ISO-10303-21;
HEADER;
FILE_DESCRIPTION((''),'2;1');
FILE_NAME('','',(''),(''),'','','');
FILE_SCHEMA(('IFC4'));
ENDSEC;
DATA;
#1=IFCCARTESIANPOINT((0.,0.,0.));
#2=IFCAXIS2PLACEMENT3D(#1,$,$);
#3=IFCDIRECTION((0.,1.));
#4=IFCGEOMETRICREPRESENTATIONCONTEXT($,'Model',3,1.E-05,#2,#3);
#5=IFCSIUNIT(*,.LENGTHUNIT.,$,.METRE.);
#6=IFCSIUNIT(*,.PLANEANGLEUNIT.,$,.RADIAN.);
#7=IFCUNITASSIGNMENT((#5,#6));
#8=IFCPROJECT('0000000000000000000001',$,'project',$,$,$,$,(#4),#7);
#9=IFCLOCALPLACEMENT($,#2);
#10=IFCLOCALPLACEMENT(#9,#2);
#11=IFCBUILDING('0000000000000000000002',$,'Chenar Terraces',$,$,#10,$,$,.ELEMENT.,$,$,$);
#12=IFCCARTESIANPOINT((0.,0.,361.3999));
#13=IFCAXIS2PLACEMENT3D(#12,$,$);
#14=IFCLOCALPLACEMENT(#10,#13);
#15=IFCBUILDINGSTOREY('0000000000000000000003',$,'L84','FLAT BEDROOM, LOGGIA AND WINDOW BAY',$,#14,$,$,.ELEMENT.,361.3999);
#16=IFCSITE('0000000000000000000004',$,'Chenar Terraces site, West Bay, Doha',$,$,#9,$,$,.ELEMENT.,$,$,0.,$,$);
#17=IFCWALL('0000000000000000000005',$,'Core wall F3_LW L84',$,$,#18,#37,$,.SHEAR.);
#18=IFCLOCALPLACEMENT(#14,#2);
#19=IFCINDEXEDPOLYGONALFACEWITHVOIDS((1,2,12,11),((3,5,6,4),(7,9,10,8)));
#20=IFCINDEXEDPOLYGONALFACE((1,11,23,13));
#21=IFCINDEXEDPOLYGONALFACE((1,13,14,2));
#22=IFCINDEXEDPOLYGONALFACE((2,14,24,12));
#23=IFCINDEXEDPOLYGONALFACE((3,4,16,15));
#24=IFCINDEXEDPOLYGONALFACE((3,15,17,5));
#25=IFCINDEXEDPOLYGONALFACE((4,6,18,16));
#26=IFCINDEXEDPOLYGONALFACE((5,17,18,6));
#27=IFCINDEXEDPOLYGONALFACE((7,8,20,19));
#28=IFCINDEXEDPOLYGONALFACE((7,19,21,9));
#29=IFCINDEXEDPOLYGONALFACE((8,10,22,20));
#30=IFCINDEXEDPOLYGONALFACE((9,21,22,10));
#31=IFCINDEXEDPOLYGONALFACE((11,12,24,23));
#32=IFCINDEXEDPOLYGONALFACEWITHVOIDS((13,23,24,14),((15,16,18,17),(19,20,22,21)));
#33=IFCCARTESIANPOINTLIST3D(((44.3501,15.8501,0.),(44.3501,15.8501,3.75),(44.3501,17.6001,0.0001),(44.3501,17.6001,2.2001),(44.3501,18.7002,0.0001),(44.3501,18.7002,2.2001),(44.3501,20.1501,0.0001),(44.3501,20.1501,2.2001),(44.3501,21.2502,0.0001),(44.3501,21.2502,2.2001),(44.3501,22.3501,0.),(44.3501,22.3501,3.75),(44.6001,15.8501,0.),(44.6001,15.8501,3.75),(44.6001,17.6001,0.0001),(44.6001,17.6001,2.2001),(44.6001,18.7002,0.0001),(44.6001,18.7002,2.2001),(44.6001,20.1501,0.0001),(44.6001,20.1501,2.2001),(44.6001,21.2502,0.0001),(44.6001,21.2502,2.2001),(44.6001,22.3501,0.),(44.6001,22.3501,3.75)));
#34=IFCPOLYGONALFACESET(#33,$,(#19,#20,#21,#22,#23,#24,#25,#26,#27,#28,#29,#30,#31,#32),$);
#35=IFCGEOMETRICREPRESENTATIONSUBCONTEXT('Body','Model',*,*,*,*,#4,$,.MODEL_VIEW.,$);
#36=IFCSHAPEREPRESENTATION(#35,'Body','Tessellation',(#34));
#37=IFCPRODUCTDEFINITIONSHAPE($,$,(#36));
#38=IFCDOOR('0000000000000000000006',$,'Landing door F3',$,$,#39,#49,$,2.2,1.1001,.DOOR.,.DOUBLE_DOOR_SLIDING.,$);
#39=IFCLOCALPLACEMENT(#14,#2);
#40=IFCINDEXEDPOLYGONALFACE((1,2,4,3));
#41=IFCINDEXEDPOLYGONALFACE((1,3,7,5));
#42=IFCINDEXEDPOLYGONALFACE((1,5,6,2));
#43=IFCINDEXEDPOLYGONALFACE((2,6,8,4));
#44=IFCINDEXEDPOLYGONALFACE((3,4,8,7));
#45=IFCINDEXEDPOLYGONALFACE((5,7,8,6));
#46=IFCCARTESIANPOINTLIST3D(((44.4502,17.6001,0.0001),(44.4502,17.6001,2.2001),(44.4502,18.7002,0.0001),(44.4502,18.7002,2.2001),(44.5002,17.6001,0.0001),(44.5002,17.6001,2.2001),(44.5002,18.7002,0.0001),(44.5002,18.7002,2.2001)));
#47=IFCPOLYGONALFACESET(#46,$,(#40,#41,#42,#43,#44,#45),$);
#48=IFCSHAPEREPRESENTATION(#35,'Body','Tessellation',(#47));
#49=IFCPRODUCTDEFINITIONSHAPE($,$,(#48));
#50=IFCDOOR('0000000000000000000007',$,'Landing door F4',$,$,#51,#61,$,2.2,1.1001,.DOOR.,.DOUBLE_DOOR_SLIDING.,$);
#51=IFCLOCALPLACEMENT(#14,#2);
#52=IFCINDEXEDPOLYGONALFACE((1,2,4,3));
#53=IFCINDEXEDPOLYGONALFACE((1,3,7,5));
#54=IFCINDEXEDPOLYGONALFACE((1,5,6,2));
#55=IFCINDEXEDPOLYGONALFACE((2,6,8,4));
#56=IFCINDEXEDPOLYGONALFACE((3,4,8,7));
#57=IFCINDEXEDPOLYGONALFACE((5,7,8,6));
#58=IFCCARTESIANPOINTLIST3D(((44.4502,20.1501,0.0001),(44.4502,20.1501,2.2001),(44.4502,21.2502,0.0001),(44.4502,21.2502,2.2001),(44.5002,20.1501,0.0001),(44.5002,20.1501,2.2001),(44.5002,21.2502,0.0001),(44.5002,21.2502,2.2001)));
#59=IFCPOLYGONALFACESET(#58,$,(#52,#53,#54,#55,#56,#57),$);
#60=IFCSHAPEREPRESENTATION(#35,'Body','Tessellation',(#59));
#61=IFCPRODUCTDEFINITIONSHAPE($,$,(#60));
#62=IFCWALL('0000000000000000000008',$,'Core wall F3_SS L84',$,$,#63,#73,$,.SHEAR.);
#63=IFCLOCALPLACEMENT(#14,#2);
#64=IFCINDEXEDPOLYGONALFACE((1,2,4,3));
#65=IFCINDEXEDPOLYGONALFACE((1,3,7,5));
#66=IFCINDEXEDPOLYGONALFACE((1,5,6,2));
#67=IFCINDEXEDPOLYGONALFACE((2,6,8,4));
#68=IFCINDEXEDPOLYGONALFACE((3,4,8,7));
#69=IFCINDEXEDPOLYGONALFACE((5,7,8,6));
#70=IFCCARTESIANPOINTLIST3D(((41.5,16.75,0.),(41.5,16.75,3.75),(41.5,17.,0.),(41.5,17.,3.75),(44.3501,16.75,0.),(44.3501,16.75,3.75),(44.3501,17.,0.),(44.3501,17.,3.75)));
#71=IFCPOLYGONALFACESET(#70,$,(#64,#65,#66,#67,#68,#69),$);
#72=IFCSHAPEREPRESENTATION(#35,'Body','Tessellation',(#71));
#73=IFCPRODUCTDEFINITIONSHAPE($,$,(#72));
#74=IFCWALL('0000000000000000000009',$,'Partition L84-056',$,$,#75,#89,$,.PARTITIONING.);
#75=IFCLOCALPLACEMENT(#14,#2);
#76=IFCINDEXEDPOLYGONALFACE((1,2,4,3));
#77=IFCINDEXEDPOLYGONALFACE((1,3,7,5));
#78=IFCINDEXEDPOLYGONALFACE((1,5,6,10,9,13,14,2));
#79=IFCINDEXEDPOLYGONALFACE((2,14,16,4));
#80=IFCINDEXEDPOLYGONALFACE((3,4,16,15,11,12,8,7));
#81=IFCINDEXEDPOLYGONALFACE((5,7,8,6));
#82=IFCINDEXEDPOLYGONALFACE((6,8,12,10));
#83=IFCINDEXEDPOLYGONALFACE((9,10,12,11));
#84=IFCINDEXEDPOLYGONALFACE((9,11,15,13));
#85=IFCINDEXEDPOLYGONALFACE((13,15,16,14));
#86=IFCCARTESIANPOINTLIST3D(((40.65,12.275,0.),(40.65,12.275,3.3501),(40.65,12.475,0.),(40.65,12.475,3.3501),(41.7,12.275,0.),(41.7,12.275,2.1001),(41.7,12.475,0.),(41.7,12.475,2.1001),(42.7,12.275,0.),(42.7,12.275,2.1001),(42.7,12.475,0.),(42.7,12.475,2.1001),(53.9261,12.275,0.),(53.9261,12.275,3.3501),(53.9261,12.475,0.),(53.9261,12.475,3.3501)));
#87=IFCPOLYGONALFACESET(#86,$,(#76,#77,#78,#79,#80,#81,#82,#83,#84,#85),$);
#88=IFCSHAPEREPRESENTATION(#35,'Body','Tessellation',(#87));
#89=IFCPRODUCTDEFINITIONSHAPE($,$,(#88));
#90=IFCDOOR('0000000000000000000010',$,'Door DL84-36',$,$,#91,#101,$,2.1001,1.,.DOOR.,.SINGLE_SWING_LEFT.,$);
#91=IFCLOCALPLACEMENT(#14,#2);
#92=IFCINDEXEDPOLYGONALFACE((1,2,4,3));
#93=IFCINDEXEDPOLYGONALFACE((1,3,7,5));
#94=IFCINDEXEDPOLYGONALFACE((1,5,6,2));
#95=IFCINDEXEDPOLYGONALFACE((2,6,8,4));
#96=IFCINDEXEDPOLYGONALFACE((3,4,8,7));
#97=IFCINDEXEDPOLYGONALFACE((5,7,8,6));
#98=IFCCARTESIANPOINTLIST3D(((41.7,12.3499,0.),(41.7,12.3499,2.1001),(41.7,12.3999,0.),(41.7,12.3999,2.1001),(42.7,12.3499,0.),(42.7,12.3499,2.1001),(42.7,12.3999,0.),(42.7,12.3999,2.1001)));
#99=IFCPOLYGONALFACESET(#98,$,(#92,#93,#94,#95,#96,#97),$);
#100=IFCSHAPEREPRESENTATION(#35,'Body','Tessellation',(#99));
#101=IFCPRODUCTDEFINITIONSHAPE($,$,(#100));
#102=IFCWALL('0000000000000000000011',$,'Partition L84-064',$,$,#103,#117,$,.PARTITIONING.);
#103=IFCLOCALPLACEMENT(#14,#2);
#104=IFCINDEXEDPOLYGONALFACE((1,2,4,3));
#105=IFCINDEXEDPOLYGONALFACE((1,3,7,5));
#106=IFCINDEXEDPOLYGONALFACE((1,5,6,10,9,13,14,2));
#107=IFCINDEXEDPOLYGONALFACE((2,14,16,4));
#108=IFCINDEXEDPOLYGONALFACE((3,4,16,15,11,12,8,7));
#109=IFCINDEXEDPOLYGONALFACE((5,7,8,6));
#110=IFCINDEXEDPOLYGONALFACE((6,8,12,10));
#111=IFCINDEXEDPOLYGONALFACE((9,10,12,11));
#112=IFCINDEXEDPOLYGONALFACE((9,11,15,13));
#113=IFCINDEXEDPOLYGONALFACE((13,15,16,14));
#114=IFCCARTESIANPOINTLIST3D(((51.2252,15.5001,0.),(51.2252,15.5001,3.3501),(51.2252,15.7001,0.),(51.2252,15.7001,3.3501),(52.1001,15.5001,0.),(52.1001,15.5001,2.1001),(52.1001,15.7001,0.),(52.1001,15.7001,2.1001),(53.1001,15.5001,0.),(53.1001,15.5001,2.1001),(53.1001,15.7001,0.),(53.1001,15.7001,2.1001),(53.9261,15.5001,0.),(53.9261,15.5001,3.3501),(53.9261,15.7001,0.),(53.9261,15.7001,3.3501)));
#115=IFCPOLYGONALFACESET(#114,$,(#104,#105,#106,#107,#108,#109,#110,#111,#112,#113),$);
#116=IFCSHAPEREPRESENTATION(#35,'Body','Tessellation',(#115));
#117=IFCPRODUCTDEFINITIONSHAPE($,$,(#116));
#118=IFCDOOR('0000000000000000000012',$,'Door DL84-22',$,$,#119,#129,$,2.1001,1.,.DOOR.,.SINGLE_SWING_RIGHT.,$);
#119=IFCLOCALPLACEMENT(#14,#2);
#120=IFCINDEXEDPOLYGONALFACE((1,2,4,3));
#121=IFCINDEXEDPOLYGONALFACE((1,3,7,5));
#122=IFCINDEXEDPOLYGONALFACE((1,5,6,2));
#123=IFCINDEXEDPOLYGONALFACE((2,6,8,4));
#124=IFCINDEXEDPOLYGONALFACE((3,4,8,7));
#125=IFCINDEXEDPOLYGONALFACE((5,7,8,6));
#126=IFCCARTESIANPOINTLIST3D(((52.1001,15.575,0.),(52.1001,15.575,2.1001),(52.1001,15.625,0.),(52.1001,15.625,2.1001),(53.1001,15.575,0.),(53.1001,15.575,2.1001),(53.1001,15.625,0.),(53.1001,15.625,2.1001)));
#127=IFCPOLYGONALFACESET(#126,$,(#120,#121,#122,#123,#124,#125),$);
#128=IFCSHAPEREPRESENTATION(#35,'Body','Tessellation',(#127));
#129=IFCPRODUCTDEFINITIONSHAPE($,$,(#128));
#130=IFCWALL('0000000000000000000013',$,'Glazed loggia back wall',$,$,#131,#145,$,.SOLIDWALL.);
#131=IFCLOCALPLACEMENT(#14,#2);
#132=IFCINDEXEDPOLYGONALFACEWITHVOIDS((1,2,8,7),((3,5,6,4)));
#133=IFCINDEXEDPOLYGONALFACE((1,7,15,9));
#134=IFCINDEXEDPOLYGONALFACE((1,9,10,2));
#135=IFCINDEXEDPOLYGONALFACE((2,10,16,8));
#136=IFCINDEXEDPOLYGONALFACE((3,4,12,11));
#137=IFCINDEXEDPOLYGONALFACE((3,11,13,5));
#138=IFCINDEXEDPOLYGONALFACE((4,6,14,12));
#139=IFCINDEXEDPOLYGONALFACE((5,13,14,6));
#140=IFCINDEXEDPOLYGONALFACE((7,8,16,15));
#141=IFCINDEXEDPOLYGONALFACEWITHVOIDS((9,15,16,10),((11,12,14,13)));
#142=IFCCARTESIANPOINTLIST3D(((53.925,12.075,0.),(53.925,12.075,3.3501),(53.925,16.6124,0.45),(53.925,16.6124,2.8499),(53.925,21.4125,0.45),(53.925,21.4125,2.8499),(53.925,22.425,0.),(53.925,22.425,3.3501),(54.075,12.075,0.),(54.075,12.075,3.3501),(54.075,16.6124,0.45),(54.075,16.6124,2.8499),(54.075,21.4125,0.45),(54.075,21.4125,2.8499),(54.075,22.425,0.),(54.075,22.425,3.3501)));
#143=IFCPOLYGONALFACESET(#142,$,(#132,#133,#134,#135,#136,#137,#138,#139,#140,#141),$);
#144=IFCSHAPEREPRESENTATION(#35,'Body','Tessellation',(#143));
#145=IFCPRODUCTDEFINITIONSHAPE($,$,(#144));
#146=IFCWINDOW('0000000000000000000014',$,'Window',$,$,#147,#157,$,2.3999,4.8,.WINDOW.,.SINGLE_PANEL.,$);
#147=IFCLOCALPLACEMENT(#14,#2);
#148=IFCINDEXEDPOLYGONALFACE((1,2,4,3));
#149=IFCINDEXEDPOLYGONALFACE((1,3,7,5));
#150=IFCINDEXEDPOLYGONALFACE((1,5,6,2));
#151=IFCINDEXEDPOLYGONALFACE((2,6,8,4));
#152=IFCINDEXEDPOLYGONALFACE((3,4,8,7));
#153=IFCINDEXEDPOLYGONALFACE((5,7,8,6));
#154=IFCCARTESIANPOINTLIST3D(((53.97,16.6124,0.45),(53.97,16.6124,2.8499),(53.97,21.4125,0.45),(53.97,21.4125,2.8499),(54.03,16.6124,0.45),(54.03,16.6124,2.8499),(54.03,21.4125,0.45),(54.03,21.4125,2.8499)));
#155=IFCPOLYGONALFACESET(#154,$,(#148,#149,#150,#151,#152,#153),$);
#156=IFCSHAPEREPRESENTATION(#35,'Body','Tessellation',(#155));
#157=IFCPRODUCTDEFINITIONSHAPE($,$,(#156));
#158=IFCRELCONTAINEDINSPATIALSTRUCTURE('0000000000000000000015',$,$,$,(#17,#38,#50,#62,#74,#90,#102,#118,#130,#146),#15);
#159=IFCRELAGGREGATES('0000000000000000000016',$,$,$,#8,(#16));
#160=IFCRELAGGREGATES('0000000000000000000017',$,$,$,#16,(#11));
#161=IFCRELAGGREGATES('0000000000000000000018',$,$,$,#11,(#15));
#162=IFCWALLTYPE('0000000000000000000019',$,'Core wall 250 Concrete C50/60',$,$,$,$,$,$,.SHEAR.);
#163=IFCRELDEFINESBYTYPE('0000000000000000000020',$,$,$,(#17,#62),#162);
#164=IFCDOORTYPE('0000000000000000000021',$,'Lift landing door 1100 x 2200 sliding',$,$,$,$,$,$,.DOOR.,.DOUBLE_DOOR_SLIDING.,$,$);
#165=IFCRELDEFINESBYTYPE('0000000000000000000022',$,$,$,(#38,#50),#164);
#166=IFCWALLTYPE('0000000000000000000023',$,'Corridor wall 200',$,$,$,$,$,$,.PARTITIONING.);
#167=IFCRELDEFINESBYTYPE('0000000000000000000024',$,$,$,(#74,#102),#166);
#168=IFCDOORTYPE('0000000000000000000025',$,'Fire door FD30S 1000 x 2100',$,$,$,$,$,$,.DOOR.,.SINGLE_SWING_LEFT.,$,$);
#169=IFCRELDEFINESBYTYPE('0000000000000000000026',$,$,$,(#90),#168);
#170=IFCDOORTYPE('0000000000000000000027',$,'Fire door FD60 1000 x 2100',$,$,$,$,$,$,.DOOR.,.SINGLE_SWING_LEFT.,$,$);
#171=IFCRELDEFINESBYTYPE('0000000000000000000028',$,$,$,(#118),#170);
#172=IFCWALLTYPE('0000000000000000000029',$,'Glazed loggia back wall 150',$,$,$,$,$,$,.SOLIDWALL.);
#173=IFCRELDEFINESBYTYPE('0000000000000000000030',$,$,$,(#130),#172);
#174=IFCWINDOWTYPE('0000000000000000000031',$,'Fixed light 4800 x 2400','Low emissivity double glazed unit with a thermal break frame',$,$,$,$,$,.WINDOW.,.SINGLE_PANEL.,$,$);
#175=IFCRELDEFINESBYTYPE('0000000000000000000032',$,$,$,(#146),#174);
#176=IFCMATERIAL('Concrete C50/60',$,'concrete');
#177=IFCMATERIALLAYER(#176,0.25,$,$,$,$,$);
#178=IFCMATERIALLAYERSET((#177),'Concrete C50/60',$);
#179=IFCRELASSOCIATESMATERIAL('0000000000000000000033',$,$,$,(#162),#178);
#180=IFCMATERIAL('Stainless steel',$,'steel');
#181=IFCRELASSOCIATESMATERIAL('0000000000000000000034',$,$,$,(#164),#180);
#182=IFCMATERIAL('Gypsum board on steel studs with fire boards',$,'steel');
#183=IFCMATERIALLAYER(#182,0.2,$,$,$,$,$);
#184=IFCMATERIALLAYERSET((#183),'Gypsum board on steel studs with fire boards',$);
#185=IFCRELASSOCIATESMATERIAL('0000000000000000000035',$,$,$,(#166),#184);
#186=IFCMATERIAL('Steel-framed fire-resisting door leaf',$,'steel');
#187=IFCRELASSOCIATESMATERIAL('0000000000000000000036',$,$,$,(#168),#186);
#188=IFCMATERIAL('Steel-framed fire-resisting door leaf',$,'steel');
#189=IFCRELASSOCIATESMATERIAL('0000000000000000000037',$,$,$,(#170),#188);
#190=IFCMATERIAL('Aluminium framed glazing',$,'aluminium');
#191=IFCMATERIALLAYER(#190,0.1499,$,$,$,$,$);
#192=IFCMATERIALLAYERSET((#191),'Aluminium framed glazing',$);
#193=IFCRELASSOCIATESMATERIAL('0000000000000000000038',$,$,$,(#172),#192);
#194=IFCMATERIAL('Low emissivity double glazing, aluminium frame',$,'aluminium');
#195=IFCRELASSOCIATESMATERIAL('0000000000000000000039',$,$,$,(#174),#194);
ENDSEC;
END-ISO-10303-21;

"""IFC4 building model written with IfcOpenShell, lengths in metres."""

from ifc_helpers import new_model, si_unit, direction, frame, frame_2d, origin, place, context, subcontext, project, spatial, rectangle, extrude, material, layer, layer_set, type_object, element, fill, save


model = new_model("IFC4")

# Units and contexts
model_context = context("Model", 3, precision=1e-05, world=origin(), true_north=direction((0.0, 1.0)))
body_context = subcontext(model_context, "Body", "Model", "MODEL_VIEW")
ifc_project = project(units=[si_unit("LENGTHUNIT", "METRE"), si_unit("PLANEANGLEUNIT", "RADIAN")], contexts=[model_context])

# Site, building, storey
site_placement = place(None, origin())
site = spatial("IfcSite", under=ifc_project, at=site_placement, Name="Chenar Terraces site, West Bay, Doha", CompositionType="ELEMENT", RefElevation=0.0)
building_placement = place(site_placement, origin())
building = spatial("IfcBuilding", under=site, at=building_placement, Name="Chenar Terraces", CompositionType="ELEMENT")
storey_placement = place(building_placement, frame((0.0, 0.0, 361.3999)))
storey = spatial("IfcBuildingStorey", under=building, at=storey_placement, Name="L84", Description="FLAT BEDROOM, LOGGIA AND WINDOW BAY", CompositionType="ELEMENT", Elevation=361.3999)

# Shared definitions
ifc_material_1 = material(Name="Concrete C50/60", Category="concrete")
ifc_layer_1 = layer(ifc_material_1, 0.25)
ifc_layer_set_1 = layer_set([ifc_layer_1], Name="Concrete C50/60")
wall_type_1 = type_object("IfcWallType", Name="Core wall 250 Concrete C50/60", PredefinedType="SHEAR", material=ifc_layer_set_1)

# Wall, openings, doors
wall_1_placement = place(storey_placement, frame((44.4751, 15.8501, 0.0), z_axis=(0.0, 0.0, 1.0), x_axis=(0.0, 1.0, 0.0)))
wall_1 = element("IfcWall", 1, at=wall_1_placement, inside=storey, type_object=wall_type_1, Name="Core wall F3_LW L84", PredefinedType="SHEAR", context=body_context, shape_type="SweptSolid", body=[
    extrude(rectangle(XDim=6.5, YDim=0.25, at=frame_2d((3.25, 0.0))), origin(), (0.0, 0.0, 1.0), 3.75),
])
opening_1_placement = place(wall_1_placement, frame((1.75, 0.0, 0.0)))
opening_1 = element("IfcOpeningElement", 2, at=opening_1_placement, cuts=wall_1, PredefinedType="OPENING", context=body_context, shape_type="SweptSolid", body=[
    extrude(rectangle(XDim=1.1001, YDim=2.2, at=frame_2d((0.55, 1.1001))), frame((0.0, 0.135, 0.0), z_axis=(0.0, -1.0, 0.0), x_axis=(1.0, 0.0, 0.0)), (0.0, 0.0, 1.0), 0.27),
])
opening_2_placement = place(wall_1_placement, frame((4.3, 0.0, 0.0)))
opening_2 = element("IfcOpeningElement", 3, at=opening_2_placement, cuts=wall_1, PredefinedType="OPENING", context=body_context, shape_type="SweptSolid", body=[
    extrude(rectangle(XDim=1.1001, YDim=2.2, at=frame_2d((0.55, 1.1001))), frame((0.0, 0.135, 0.0), z_axis=(0.0, -1.0, 0.0), x_axis=(1.0, 0.0, 0.0)), (0.0, 0.0, 1.0), 0.27),
])
ifc_material_2 = material(Name="Stainless steel", Category="steel")
door_type_1 = type_object("IfcDoorType", Name="Lift landing door 1100 x 2200 sliding", OperationType="DOUBLE_DOOR_SLIDING", PredefinedType="DOOR", material=ifc_material_2)
door_1_placement = place(opening_1_placement, origin())
door_1 = element("IfcDoor", 4, at=door_1_placement, inside=storey, type_object=door_type_1, Name="Landing door F3", OperationType="DOUBLE_DOOR_SLIDING", OverallHeight=2.2, OverallWidth=1.1001, PredefinedType="DOOR", context=body_context, shape_type="SweptSolid", body=[
    extrude(rectangle(XDim=1.1001, YDim=2.2, at=frame_2d((0.55, 1.1001))), frame((0.0, 0.0249, 0.0), z_axis=(0.0, -1.0, 0.0), x_axis=(1.0, 0.0, 0.0)), (0.0, 0.0, 1.0), 0.05),
])
fill(opening_1, door_1)
door_2_placement = place(opening_2_placement, origin())
door_2 = element("IfcDoor", 5, at=door_2_placement, inside=storey, type_object=door_type_1, Name="Landing door F4", OperationType="DOUBLE_DOOR_SLIDING", OverallHeight=2.2, OverallWidth=1.1001, PredefinedType="DOOR", context=body_context, shape_type="SweptSolid", body=[
    extrude(rectangle(XDim=1.1001, YDim=2.2, at=frame_2d((0.55, 1.1001))), frame((0.0, 0.0249, 0.0), z_axis=(0.0, -1.0, 0.0), x_axis=(1.0, 0.0, 0.0)), (0.0, 0.0, 1.0), 0.05),
])
fill(opening_2, door_2)

# Wall
wall_2_placement = place(storey_placement, frame((41.5, 16.875, 0.0), z_axis=(0.0, 0.0, 1.0), x_axis=(1.0, 0.0, 0.0)))
element("IfcWall", 6, at=wall_2_placement, inside=storey, type_object=wall_type_1, Name="Core wall F3_SS L84", PredefinedType="SHEAR", context=body_context, shape_type="SweptSolid", body=[
    extrude(rectangle(XDim=2.8501, YDim=0.25, at=frame_2d((1.425, 0.0))), origin(), (0.0, 0.0, 1.0), 3.75),
])

# Walls, openings, doors
ifc_material_3 = material(Name="Gypsum board on steel studs with fire boards", Category="steel")
ifc_layer_2 = layer(ifc_material_3, 0.2)
ifc_layer_set_2 = layer_set([ifc_layer_2], Name="Gypsum board on steel studs with fire boards")
wall_type_2 = type_object("IfcWallType", Name="Corridor wall 200", PredefinedType="PARTITIONING", material=ifc_layer_set_2)
wall_3_placement = place(storey_placement, frame((40.6499, 12.375, 0.0), z_axis=(0.0, 0.0, 1.0), x_axis=(1.0, 0.0, 0.0)))
wall_3 = element("IfcWall", 7, at=wall_3_placement, inside=storey, type_object=wall_type_2, Name="Partition L84-056", PredefinedType="PARTITIONING", context=body_context, shape_type="SweptSolid", body=[
    extrude(rectangle(XDim=13.2761, YDim=0.2, at=frame_2d((6.6382, 0.0))), origin(), (0.0, 0.0, 1.0), 3.3501),
])
opening_3_placement = place(wall_3_placement, frame((1.05, 0.0, 0.0)))
opening_3 = element("IfcOpeningElement", 8, at=opening_3_placement, cuts=wall_3, PredefinedType="OPENING", context=body_context, shape_type="SweptSolid", body=[
    extrude(rectangle(XDim=1.0, YDim=2.1001, at=frame_2d((0.5, 1.05))), frame((0.0, 0.1099, 0.0), z_axis=(0.0, -1.0, 0.0), x_axis=(1.0, 0.0, 0.0)), (0.0, 0.0, 1.0), 0.22),
])
ifc_material_4 = material(Name="Steel-framed fire-resisting door leaf", Category="steel")
door_type_2 = type_object("IfcDoorType", Name="Fire door FD30S 1000 x 2100", OperationType="SINGLE_SWING_LEFT", PredefinedType="DOOR", material=ifc_material_4)
door_3_placement = place(opening_3_placement, origin())
door_3 = element("IfcDoor", 9, at=door_3_placement, inside=storey, type_object=door_type_2, Name="Door DL84-36", OperationType="SINGLE_SWING_LEFT", OverallHeight=2.1001, OverallWidth=1.0, PredefinedType="DOOR", context=body_context, shape_type="SweptSolid", body=[
    extrude(rectangle(XDim=1.0, YDim=2.1001, at=frame_2d((0.5, 1.05))), frame((0.0, 0.0249, 0.0), z_axis=(0.0, -1.0, 0.0), x_axis=(1.0, 0.0, 0.0)), (0.0, 0.0, 1.0), 0.05),
])
fill(opening_3, door_3)
wall_4_placement = place(storey_placement, frame((51.2251, 15.6001, 0.0), z_axis=(0.0, 0.0, 1.0), x_axis=(1.0, 0.0, 0.0)))
wall_4 = element("IfcWall", 10, at=wall_4_placement, inside=storey, type_object=wall_type_2, Name="Partition L84-064", PredefinedType="PARTITIONING", context=body_context, shape_type="SweptSolid", body=[
    extrude(rectangle(XDim=2.7009, YDim=0.2, at=frame_2d((1.3506, 0.0))), origin(), (0.0, 0.0, 1.0), 3.3501),
])
opening_4_placement = place(wall_4_placement, frame((0.875, 0.0, 0.0)))
opening_4 = element("IfcOpeningElement", 11, at=opening_4_placement, cuts=wall_4, PredefinedType="OPENING", context=body_context, shape_type="SweptSolid", body=[
    extrude(rectangle(XDim=1.0, YDim=2.1001, at=frame_2d((0.5, 1.05))), frame((0.0, 0.1099, 0.0), z_axis=(0.0, -1.0, 0.0), x_axis=(1.0, 0.0, 0.0)), (0.0, 0.0, 1.0), 0.22),
])
ifc_material_5 = material(Name="Steel-framed fire-resisting door leaf", Category="steel")
door_type_3 = type_object("IfcDoorType", Name="Fire door FD60 1000 x 2100", OperationType="SINGLE_SWING_LEFT", PredefinedType="DOOR", material=ifc_material_5)
door_4_placement = place(opening_4_placement, origin())
door_4 = element("IfcDoor", 12, at=door_4_placement, inside=storey, type_object=door_type_3, Name="Door DL84-22", OperationType="SINGLE_SWING_RIGHT", OverallHeight=2.1001, OverallWidth=1.0, PredefinedType="DOOR", context=body_context, shape_type="SweptSolid", body=[
    extrude(rectangle(XDim=1.0, YDim=2.1001, at=frame_2d((0.5, 1.05))), frame((0.0, 0.0249, 0.0), z_axis=(0.0, -1.0, 0.0), x_axis=(1.0, 0.0, 0.0)), (0.0, 0.0, 1.0), 0.05),
])
fill(opening_4, door_4)

# Wall, opening, window
ifc_material_6 = material(Name="Aluminium framed glazing", Category="aluminium")
ifc_layer_3 = layer(ifc_material_6, 0.1499)
ifc_layer_set_3 = layer_set([ifc_layer_3], Name="Aluminium framed glazing")
wall_type_3 = type_object("IfcWallType", Name="Glazed loggia back wall 150", PredefinedType="SOLIDWALL", material=ifc_layer_set_3)
wall_5_placement = place(storey_placement, frame((54.0, 12.075, 0.0), z_axis=(0.0, 0.0, 1.0), x_axis=(0.0, 1.0, 0.0)))
wall_5 = element("IfcWall", 13, at=wall_5_placement, inside=storey, type_object=wall_type_3, Name="Glazed loggia back wall", PredefinedType="SOLIDWALL", context=body_context, shape_type="SweptSolid", body=[
    extrude(rectangle(XDim=10.3501, YDim=0.1499, at=frame_2d((5.175, 0.0))), origin(), (0.0, 0.0, 1.0), 3.3501),
])
opening_5_placement = place(wall_5_placement, frame((4.5376, 0.0, 0.45)))
opening_5 = element("IfcOpeningElement", 14, at=opening_5_placement, cuts=wall_5, PredefinedType="OPENING", context=body_context, shape_type="SweptSolid", body=[
    extrude(rectangle(XDim=4.8, YDim=2.3999, at=frame_2d((2.3999, 1.2))), frame((0.0, 0.085, 0.0), z_axis=(0.0, -1.0, 0.0), x_axis=(1.0, 0.0, 0.0)), (0.0, 0.0, 1.0), 0.1699),
])
ifc_material_7 = material(Name="Low emissivity double glazing, aluminium frame", Category="aluminium")
window_type = type_object("IfcWindowType", Name="Fixed light 4800 x 2400", Description="Low emissivity double glazed unit with a thermal break frame", PartitioningType="SINGLE_PANEL", PredefinedType="WINDOW", material=ifc_material_7)
window_placement = place(opening_5_placement, origin())
window = element("IfcWindow", 15, at=window_placement, inside=storey, type_object=window_type, Name="Window", OverallHeight=2.3999, OverallWidth=4.8, PartitioningType="SINGLE_PANEL", PredefinedType="WINDOW", context=body_context, shape_type="SweptSolid", body=[
    extrude(rectangle(XDim=4.8, YDim=2.3999, at=frame_2d((2.3999, 1.2))), frame((0.0, 0.03, 0.0), z_axis=(0.0, -1.0, 0.0), x_axis=(1.0, 0.0, 0.0)), (0.0, 0.0, 1.0), 0.0601),
])
fill(opening_5, window)

save(model, "model.ifc")
